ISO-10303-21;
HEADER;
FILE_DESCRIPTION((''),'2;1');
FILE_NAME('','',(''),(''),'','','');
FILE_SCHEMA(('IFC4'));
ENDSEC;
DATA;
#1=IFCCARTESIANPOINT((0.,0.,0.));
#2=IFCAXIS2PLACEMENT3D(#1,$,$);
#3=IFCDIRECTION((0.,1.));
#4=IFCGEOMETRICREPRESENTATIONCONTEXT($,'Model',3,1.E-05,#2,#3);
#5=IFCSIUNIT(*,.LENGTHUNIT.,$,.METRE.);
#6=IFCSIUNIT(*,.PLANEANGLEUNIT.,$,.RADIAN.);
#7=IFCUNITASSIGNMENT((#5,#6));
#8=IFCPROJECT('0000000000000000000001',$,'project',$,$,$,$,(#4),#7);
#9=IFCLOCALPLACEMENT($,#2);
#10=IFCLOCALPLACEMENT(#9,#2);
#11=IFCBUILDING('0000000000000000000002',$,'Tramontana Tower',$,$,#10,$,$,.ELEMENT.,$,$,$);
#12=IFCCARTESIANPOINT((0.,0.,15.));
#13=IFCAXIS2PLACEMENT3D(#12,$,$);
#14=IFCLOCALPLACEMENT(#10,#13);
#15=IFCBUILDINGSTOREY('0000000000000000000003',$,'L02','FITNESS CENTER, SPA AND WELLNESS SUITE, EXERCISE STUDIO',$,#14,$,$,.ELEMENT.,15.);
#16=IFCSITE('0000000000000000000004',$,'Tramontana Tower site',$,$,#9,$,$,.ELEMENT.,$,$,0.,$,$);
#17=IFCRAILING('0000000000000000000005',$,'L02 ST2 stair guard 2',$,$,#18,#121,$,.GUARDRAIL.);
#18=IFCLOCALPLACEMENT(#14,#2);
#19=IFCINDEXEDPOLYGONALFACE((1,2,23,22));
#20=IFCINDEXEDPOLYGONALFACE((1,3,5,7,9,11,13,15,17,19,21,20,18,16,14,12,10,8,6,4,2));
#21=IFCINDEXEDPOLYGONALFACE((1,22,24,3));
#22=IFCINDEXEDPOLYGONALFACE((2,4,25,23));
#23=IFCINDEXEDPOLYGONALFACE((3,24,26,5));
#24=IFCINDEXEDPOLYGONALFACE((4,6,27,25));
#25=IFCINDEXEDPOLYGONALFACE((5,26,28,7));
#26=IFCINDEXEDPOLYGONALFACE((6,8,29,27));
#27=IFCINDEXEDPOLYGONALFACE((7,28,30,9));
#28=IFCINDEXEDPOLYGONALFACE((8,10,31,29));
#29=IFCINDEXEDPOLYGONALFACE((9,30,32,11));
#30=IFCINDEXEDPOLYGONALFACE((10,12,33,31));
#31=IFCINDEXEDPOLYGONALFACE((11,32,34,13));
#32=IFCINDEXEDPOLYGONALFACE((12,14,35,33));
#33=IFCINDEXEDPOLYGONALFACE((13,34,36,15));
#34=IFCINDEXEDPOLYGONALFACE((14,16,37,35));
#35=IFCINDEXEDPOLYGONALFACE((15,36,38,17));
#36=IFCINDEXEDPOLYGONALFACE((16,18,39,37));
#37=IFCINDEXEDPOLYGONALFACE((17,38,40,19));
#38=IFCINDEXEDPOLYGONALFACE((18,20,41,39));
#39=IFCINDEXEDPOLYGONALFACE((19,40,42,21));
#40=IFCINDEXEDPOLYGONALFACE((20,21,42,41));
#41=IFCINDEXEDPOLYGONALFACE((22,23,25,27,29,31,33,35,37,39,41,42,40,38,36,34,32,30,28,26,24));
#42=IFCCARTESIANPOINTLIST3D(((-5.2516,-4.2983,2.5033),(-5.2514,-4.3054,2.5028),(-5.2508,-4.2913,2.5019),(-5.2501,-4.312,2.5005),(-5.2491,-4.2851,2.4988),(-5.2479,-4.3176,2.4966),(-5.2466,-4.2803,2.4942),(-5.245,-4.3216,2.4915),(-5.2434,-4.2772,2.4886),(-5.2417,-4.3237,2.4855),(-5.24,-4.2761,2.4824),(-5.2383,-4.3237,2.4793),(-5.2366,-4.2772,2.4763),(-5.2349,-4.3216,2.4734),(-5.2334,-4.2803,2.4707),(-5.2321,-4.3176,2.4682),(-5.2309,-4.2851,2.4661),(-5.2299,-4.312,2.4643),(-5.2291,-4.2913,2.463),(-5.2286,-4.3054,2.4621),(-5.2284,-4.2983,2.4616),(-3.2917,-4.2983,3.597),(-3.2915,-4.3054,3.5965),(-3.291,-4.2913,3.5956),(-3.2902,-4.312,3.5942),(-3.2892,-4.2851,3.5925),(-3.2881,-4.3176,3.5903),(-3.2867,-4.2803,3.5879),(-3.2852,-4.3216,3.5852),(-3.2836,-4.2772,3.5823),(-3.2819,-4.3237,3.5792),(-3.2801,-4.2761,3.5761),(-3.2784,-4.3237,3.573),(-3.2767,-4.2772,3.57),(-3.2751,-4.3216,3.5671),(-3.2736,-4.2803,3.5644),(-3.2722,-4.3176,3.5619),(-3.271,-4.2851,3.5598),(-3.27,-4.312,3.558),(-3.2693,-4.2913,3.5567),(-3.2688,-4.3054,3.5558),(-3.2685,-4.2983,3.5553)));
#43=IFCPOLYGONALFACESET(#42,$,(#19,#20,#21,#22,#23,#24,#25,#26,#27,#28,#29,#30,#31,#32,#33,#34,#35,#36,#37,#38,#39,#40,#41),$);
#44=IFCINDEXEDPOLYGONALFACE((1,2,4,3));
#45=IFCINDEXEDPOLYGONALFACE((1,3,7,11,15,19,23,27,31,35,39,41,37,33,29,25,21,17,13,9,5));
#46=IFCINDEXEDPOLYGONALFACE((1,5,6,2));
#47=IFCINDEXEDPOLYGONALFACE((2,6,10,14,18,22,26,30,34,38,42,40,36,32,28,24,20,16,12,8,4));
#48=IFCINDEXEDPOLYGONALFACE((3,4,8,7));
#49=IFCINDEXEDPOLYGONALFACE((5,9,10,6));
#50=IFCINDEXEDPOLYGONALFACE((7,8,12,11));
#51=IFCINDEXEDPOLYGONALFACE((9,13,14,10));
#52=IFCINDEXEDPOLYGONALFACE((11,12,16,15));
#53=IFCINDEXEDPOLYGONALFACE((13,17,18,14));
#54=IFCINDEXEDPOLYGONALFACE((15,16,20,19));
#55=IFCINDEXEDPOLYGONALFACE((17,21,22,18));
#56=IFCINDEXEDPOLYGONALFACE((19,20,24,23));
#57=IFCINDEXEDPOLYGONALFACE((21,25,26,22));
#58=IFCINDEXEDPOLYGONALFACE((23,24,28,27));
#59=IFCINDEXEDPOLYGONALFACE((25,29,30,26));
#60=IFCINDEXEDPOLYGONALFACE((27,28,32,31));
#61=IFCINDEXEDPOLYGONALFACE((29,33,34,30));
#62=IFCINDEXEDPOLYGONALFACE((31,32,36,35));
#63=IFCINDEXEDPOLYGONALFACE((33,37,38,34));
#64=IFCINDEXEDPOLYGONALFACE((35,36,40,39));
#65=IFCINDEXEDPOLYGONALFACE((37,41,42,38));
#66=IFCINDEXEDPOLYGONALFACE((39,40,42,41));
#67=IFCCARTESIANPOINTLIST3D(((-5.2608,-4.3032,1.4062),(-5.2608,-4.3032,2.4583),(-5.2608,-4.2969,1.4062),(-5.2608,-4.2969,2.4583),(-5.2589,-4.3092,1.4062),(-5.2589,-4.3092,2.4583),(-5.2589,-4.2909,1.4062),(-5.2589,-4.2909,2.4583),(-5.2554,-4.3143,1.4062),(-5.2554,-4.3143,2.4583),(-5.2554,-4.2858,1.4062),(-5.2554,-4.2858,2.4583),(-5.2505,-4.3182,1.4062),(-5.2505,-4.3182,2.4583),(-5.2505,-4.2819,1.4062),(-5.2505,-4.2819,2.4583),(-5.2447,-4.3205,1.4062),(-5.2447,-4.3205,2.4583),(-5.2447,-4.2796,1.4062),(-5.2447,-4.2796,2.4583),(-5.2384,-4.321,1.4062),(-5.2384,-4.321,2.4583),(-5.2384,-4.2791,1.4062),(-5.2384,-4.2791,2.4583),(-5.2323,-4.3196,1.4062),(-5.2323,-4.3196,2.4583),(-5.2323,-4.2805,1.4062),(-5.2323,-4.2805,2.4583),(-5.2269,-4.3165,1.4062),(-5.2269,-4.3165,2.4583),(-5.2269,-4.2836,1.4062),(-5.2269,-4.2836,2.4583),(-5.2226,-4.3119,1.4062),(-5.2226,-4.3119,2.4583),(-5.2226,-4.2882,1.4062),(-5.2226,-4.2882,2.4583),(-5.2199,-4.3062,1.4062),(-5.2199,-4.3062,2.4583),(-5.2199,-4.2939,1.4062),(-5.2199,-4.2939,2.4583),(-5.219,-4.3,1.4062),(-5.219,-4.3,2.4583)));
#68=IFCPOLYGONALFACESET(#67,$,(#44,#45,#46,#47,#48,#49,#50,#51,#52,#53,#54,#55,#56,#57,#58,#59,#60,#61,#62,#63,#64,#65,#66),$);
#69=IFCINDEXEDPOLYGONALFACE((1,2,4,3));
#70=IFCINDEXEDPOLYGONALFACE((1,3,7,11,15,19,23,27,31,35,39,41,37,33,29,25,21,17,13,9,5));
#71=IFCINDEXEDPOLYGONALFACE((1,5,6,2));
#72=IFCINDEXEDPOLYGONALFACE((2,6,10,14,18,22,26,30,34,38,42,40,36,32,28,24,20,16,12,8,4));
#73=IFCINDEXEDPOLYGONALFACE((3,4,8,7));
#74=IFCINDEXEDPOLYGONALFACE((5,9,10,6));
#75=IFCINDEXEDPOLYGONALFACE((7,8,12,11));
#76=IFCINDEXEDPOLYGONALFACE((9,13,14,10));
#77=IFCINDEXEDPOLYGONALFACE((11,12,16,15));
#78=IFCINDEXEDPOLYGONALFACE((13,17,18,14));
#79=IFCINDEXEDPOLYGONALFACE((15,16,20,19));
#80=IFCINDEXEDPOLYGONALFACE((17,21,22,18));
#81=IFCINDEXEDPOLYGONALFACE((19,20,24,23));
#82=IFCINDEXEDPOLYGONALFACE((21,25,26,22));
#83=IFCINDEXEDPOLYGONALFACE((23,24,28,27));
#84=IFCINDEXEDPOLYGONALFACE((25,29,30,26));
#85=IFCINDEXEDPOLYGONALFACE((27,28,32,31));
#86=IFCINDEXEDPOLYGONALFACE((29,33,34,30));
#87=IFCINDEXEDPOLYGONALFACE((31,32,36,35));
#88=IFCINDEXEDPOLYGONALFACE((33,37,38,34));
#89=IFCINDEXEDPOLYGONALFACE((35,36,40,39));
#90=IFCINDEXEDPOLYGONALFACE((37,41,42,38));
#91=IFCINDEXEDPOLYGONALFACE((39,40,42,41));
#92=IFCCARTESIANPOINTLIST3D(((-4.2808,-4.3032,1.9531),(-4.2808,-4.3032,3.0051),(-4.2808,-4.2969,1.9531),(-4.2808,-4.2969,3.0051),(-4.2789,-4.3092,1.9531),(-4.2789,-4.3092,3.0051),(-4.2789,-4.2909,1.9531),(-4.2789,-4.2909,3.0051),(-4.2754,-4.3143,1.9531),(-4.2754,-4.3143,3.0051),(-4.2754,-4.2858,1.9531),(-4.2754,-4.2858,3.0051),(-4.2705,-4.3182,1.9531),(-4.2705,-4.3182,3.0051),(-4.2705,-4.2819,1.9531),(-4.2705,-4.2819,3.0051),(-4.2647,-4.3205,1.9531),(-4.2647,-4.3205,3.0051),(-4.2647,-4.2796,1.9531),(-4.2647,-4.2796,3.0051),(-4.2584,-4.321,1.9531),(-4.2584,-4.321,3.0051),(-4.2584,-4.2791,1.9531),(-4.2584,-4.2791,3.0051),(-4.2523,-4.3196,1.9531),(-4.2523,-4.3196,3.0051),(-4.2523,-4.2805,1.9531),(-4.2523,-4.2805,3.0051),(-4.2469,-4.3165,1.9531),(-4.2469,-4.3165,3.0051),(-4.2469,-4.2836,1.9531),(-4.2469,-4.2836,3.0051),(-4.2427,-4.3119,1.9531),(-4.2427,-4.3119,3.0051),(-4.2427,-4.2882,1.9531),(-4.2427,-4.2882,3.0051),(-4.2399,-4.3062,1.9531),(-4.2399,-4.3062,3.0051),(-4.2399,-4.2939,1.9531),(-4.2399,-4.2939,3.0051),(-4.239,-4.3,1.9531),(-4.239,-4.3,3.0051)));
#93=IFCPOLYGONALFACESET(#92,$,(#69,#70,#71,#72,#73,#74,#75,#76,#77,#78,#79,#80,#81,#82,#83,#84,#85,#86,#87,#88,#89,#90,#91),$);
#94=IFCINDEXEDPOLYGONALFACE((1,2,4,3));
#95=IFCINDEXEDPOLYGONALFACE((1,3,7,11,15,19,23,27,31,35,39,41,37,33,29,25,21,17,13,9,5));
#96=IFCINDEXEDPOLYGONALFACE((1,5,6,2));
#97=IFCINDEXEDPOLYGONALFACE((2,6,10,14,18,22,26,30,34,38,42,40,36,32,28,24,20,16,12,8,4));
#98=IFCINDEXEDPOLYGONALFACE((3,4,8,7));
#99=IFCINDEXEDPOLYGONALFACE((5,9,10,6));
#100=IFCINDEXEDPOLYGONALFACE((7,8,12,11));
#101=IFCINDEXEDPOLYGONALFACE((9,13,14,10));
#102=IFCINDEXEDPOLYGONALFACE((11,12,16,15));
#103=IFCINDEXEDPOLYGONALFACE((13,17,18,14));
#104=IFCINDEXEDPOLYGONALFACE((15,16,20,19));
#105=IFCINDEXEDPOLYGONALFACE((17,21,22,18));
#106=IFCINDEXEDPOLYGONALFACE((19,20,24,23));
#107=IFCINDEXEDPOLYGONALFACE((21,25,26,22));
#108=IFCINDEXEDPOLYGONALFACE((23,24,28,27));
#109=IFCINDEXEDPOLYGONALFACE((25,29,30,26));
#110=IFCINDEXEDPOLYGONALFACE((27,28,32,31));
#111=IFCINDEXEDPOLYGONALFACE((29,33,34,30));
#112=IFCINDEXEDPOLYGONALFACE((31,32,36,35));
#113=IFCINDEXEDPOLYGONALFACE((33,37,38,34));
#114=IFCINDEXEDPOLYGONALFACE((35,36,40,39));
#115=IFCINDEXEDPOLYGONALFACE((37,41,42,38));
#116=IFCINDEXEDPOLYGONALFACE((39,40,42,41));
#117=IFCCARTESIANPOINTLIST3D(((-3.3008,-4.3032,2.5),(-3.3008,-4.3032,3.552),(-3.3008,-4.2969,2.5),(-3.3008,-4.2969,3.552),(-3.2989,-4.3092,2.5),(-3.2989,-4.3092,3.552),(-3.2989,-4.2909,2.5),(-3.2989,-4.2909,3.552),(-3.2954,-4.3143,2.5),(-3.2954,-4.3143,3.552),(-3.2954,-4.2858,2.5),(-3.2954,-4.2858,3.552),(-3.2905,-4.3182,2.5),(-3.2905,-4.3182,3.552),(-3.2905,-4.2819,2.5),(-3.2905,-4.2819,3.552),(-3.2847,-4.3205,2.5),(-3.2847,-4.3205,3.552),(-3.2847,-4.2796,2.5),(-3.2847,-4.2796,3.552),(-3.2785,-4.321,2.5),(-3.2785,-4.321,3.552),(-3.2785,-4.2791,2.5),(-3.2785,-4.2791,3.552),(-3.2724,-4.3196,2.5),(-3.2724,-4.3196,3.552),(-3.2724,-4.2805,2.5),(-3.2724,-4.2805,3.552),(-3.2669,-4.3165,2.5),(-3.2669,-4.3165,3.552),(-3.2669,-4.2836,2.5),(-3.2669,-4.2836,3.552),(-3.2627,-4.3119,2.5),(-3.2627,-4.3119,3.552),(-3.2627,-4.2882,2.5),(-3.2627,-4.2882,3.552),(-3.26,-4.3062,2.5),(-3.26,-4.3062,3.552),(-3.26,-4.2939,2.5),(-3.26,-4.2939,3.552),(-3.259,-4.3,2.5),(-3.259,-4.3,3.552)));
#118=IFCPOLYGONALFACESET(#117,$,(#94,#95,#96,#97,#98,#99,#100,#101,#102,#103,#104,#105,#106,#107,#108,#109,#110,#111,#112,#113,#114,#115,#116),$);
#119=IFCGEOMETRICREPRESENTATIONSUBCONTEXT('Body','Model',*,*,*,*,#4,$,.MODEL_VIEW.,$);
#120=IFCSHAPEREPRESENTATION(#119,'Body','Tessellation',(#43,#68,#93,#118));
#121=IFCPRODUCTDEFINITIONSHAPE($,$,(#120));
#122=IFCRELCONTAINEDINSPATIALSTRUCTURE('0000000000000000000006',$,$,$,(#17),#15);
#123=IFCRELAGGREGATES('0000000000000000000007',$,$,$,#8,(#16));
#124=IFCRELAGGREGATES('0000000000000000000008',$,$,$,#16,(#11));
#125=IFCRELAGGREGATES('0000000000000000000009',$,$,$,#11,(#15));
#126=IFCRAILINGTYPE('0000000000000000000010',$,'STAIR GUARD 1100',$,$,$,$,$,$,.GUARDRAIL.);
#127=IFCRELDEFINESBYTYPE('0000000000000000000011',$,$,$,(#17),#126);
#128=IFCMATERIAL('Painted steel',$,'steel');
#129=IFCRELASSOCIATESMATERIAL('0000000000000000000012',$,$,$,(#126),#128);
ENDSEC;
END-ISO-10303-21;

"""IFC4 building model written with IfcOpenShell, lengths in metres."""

from ifc_helpers import new_model, si_unit, direction, frame, origin, origin_2d, place, context, subcontext, project, spatial, circle, extrude, material, type_object, element, save


model = new_model("IFC4")

# Units and contexts
model_context = context("Model", 3, precision=1e-05, world=origin(), true_north=direction((0.0, 1.0)))
body_context = subcontext(model_context, "Body", "Model", "MODEL_VIEW")
ifc_project = project(units=[si_unit("LENGTHUNIT", "METRE"), si_unit("PLANEANGLEUNIT", "RADIAN")], contexts=[model_context])

# Site, building, storey
site_placement = place(None, origin())
site = spatial("IfcSite", under=ifc_project, at=site_placement, Name="Tramontana Tower site", CompositionType="ELEMENT", RefElevation=0.0)
building_placement = place(site_placement, origin())
building = spatial("IfcBuilding", under=site, at=building_placement, Name="Tramontana Tower", CompositionType="ELEMENT")
storey_placement = place(building_placement, frame((0.0, 0.0, 15.0)))
storey = spatial("IfcBuildingStorey", under=building, at=storey_placement, Name="L02", Description="FITNESS CENTER, SPA AND WELLNESS SUITE, EXERCISE STUDIO", CompositionType="ELEMENT", Elevation=15.0)

# Railing
ifc_material_1 = material(Name="Painted steel", Category="steel")
railing_type_1 = type_object("IfcRailingType", Name="STAIR GUARD 1100", PredefinedType="GUARDRAIL", material=ifc_material_1)
railing_1_placement = place(storey_placement, frame((-5.24, -4.3, 1.4062)))
element("IfcRailing", 1, at=railing_1_placement, inside=storey, type_object=railing_type_1, Name="L02 ST2 stair guard 2", PredefinedType="GUARDRAIL", context=body_context, shape_type="SweptSolid", body=[
    extrude(circle(Radius=0.0239, at=origin_2d()), frame((0.0, 0.0, 1.0762), z_axis=(0.873232, 0.0, 0.487304), x_axis=(0.0, 1.0, 0.0)), (0.0, 0.0, 1.0), 2.2444),
    extrude(circle(Radius=0.021, at=origin_2d()), origin(), (0.0, 0.0, 1.0), 1.052),
    extrude(circle(Radius=0.021, at=origin_2d()), frame((0.98, 0.0, 0.5469)), (0.0, 0.0, 1.0), 1.052),
    extrude(circle(Radius=0.021, at=origin_2d()), frame((1.96, 0.0, 1.0938)), (0.0, 0.0, 1.0), 1.052),
])

save(model, "model.ifc")
